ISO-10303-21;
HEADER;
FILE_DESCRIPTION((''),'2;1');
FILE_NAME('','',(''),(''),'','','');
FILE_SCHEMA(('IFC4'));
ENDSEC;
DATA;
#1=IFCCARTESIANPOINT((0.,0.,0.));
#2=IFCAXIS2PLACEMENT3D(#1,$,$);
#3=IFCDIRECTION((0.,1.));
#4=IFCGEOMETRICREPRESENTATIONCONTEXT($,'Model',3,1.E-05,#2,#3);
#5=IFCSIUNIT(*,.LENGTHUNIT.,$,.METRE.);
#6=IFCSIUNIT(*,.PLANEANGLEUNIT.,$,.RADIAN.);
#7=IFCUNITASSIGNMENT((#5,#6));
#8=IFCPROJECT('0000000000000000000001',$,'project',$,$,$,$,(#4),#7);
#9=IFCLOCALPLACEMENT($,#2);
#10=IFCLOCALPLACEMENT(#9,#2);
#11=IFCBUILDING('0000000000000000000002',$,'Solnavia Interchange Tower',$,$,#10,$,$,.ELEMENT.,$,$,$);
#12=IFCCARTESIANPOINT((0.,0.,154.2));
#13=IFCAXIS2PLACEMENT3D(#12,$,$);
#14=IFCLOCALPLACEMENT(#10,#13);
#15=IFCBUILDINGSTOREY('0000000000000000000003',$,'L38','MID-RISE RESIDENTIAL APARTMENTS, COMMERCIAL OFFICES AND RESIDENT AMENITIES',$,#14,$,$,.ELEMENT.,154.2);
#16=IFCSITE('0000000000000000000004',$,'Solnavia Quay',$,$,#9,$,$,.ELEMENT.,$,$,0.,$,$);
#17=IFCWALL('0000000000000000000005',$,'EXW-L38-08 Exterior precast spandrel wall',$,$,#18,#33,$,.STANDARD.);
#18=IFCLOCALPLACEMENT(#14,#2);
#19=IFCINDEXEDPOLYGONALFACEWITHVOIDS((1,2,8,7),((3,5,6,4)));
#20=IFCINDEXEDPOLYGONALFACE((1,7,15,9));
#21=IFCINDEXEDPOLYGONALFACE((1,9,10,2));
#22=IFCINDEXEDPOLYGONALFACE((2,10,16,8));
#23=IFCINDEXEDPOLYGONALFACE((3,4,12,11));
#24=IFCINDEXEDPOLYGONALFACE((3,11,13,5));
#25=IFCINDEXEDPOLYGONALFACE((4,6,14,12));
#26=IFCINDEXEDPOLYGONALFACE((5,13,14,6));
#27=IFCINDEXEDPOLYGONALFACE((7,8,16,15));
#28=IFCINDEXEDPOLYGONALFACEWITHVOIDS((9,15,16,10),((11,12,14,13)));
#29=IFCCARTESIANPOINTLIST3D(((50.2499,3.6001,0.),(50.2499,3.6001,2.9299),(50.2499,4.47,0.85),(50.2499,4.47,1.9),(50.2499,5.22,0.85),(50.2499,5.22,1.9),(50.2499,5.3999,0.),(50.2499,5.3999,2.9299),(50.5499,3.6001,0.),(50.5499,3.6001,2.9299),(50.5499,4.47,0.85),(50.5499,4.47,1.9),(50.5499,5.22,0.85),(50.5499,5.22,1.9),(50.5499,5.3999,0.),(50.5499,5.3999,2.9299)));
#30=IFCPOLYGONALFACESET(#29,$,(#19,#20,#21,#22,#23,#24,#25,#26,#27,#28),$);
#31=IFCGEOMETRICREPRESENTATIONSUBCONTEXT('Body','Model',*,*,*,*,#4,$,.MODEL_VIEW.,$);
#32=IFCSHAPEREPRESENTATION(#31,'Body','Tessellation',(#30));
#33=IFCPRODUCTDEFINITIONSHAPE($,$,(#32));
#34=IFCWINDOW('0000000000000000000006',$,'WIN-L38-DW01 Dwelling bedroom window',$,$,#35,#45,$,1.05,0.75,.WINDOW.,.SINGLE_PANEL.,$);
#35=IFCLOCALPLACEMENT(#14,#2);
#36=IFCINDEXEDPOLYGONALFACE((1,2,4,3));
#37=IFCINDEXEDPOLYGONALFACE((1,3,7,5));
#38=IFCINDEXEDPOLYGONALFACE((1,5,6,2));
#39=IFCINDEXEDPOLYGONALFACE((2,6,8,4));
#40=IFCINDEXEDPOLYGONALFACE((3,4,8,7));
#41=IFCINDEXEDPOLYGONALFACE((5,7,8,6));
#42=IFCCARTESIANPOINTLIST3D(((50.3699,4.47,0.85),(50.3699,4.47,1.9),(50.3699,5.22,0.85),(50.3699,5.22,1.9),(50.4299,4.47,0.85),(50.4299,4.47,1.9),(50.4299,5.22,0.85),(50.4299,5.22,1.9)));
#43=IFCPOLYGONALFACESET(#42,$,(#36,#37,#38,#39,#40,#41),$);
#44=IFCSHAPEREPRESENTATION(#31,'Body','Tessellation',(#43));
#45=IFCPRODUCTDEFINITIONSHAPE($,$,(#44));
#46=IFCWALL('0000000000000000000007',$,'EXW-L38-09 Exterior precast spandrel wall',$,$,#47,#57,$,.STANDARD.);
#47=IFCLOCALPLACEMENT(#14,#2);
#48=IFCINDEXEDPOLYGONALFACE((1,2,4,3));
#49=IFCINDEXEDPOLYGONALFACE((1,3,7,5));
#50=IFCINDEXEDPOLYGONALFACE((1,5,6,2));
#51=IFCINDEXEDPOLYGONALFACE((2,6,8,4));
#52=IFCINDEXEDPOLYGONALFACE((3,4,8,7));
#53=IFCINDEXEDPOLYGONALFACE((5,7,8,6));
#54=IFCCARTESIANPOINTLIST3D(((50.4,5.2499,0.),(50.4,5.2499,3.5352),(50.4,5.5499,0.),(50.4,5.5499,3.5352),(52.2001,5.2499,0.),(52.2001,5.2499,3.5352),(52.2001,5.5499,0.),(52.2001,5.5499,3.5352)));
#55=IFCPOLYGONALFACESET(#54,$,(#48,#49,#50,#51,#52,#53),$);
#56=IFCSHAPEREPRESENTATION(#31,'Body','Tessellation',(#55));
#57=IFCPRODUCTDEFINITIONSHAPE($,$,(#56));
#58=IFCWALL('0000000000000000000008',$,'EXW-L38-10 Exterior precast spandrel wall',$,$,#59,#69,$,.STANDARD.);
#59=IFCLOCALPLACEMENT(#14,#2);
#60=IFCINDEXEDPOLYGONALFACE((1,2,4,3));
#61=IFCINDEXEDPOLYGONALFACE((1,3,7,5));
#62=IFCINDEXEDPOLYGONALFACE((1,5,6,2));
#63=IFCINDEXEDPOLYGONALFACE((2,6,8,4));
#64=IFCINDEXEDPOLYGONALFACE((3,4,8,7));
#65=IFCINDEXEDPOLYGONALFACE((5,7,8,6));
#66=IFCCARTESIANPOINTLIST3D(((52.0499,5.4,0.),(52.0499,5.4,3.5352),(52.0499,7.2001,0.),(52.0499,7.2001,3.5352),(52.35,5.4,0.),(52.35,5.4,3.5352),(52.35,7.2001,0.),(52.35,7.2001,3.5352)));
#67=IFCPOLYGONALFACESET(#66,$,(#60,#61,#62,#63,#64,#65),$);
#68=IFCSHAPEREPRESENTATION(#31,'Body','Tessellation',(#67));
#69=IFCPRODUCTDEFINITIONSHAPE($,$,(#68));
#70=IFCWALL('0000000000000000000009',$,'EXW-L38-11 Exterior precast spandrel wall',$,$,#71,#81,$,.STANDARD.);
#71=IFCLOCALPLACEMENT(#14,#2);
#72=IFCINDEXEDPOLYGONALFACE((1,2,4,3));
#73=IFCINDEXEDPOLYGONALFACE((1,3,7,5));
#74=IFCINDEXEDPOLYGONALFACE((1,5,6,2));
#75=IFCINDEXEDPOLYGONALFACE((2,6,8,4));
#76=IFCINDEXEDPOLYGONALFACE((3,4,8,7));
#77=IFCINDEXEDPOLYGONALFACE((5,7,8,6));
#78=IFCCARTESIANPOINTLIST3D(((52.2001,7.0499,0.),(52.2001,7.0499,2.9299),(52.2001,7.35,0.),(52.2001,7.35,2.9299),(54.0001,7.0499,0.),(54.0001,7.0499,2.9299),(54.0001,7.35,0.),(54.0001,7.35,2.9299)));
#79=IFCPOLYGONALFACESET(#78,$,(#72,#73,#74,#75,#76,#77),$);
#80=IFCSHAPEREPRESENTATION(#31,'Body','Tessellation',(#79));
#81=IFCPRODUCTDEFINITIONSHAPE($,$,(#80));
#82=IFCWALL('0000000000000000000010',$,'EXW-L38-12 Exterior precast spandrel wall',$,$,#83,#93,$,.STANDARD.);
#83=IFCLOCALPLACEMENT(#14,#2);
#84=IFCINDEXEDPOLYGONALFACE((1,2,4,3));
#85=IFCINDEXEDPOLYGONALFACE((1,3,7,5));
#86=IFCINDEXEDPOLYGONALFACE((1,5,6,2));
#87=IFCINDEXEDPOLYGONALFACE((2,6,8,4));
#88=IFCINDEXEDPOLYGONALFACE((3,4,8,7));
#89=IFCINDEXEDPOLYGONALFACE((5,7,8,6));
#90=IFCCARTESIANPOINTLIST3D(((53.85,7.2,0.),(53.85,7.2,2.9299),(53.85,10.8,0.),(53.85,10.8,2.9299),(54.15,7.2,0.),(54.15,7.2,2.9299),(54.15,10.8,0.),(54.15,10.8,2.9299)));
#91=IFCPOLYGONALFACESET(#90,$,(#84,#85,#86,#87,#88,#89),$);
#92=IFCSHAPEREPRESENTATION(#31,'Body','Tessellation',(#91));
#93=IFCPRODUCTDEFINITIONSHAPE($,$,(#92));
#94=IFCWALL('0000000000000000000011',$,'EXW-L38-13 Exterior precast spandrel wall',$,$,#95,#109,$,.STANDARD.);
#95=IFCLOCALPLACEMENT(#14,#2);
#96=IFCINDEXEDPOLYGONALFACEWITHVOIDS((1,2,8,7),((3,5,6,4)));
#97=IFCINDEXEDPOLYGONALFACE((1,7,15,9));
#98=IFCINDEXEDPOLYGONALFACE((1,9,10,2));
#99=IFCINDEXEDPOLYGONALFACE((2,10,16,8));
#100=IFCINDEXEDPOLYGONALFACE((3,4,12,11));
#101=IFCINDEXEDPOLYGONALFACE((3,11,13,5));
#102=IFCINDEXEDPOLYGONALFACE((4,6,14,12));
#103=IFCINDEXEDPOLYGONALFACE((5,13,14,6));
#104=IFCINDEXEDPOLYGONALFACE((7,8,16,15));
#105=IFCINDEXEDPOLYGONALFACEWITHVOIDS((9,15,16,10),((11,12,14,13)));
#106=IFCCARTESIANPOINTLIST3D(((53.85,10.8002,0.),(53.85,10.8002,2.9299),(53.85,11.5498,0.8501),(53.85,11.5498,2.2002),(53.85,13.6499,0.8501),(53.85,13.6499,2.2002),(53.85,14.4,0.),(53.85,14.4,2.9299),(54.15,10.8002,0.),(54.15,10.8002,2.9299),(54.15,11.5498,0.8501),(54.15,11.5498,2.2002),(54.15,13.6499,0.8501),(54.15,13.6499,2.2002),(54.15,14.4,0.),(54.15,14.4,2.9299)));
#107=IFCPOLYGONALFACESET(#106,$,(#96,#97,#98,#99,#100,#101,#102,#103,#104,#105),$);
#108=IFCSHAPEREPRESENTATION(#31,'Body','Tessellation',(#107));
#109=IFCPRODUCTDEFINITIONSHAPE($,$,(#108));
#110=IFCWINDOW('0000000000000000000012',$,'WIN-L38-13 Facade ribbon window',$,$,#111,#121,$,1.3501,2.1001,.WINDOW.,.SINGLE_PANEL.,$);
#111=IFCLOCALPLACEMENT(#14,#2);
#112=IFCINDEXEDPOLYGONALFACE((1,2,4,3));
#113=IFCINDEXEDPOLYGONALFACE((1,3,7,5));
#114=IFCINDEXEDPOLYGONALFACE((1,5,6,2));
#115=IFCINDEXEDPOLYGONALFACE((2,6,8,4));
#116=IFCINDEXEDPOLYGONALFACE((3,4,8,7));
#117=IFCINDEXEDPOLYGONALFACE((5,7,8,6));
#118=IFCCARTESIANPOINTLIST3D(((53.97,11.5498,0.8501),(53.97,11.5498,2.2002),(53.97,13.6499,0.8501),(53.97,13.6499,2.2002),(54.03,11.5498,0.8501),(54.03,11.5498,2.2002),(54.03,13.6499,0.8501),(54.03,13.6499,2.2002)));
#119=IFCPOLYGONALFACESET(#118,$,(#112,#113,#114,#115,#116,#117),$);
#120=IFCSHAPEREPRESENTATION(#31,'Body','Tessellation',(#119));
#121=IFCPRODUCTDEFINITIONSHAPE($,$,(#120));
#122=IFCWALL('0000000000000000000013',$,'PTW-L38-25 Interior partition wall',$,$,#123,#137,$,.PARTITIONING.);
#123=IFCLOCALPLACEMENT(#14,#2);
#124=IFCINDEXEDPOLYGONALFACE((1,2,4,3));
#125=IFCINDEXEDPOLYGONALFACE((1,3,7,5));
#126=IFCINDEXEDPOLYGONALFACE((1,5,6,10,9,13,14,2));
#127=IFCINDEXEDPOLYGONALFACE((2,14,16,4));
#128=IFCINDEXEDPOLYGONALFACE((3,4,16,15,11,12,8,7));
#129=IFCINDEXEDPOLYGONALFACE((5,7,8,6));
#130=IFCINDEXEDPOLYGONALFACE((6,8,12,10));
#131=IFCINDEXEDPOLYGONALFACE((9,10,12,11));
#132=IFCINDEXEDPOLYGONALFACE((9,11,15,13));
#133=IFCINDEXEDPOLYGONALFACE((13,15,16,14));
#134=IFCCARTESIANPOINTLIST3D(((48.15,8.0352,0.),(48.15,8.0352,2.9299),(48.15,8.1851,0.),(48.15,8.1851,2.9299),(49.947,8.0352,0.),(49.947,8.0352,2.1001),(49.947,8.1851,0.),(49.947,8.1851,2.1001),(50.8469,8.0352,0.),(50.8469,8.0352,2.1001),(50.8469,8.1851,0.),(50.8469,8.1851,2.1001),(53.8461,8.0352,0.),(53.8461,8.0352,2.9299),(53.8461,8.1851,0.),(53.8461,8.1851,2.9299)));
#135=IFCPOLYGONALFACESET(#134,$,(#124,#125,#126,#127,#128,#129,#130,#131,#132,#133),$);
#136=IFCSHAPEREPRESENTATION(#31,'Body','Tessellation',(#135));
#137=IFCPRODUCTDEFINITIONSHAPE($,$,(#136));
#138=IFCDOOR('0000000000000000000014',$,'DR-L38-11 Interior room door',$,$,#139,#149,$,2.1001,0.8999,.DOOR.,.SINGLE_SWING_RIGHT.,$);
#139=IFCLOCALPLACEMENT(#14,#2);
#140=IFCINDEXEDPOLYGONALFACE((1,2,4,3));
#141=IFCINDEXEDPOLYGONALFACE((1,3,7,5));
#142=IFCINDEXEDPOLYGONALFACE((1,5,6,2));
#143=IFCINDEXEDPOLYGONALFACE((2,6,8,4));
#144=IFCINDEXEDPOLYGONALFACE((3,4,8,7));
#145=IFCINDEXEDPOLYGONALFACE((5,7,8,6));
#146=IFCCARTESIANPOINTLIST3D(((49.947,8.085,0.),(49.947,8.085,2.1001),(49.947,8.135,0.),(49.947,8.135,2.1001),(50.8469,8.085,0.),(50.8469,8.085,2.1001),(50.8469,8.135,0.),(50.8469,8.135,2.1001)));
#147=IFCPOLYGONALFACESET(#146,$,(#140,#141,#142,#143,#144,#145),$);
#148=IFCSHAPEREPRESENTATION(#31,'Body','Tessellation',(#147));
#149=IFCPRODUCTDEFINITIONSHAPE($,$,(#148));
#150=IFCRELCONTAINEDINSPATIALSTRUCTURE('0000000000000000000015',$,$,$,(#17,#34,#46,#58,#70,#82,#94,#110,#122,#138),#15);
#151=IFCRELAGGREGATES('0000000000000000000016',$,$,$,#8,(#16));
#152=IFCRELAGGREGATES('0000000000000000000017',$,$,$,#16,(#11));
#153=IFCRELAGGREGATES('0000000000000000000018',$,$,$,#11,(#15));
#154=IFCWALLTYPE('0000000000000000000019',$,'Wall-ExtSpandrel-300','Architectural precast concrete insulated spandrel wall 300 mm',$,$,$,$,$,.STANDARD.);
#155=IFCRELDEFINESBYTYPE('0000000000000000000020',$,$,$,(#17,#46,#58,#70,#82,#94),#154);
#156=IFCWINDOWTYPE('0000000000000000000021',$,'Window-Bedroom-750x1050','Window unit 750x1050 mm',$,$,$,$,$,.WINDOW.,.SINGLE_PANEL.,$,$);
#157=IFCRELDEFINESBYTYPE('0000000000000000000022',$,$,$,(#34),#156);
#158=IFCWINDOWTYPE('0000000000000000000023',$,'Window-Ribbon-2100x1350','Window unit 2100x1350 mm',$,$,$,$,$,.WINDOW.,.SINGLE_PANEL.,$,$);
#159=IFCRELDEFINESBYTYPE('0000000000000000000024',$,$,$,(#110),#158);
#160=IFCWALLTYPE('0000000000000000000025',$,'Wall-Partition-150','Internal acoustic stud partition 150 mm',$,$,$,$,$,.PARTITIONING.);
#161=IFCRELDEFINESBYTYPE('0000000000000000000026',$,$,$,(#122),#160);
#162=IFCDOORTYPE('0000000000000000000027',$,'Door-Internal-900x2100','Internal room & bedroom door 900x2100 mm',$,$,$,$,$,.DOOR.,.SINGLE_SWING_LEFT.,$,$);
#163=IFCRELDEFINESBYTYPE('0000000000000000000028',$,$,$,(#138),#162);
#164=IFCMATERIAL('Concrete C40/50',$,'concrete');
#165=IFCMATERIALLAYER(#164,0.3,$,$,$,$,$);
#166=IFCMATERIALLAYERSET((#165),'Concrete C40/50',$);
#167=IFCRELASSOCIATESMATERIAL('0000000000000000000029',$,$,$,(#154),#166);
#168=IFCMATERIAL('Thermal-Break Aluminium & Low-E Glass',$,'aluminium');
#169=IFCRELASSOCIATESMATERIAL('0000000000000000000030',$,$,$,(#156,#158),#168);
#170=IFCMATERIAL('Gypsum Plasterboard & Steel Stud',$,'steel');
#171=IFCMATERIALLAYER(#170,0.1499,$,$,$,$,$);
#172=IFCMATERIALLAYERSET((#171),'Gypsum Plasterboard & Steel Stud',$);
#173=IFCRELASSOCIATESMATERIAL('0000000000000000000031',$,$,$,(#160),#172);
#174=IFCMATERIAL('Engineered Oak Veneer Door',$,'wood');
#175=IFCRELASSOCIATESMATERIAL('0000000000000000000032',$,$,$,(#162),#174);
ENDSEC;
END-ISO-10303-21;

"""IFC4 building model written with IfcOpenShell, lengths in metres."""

from ifc_helpers import new_model, si_unit, direction, frame, frame_2d, origin, place, context, subcontext, project, spatial, rectangle, extrude, material, layer, layer_set, type_object, element, fill, save


model = new_model("IFC4")

# Units and contexts
model_context = context("Model", 3, precision=1e-05, world=origin(), true_north=direction((0.0, 1.0)))
body_context = subcontext(model_context, "Body", "Model", "MODEL_VIEW")
ifc_project = project(units=[si_unit("LENGTHUNIT", "METRE"), si_unit("PLANEANGLEUNIT", "RADIAN")], contexts=[model_context])

# Site, building, storey
site_placement = place(None, origin())
site = spatial("IfcSite", under=ifc_project, at=site_placement, Name="Solnavia Quay", CompositionType="ELEMENT", RefElevation=0.0)
building_placement = place(site_placement, origin())
building = spatial("IfcBuilding", under=site, at=building_placement, Name="Solnavia Interchange Tower", CompositionType="ELEMENT")
storey_placement = place(building_placement, frame((0.0, 0.0, 154.2)))
storey = spatial("IfcBuildingStorey", under=building, at=storey_placement, Name="L38", Description="MID-RISE RESIDENTIAL APARTMENTS, COMMERCIAL OFFICES AND RESIDENT AMENITIES", CompositionType="ELEMENT", Elevation=154.2)

# Shared definitions
ifc_material_1 = material(Name="Concrete C40/50", Category="concrete")
ifc_layer_1 = layer(ifc_material_1, 0.3)
ifc_layer_set_1 = layer_set([ifc_layer_1], Name="Concrete C40/50")
wall_type_1 = type_object("IfcWallType", Name="Wall-ExtSpandrel-300", Description="Architectural precast concrete insulated spandrel wall 300 mm", PredefinedType="STANDARD", material=ifc_layer_set_1)

# Wall, opening, window
wall_1_placement = place(storey_placement, frame((50.3999, 5.3999, 0.0), z_axis=(0.0, 0.0, 1.0), x_axis=(0.0, -1.0, 0.0)))
wall_1 = element("IfcWall", 1, at=wall_1_placement, inside=storey, type_object=wall_type_1, Name="EXW-L38-08 Exterior precast spandrel wall", PredefinedType="STANDARD", context=body_context, shape_type="SweptSolid", body=[
    extrude(rectangle(XDim=1.7998, YDim=0.3, at=frame_2d((0.8999, 0.0))), origin(), (0.0, 0.0, 1.0), 2.9299),
])
opening_1_placement = place(wall_1_placement, frame((0.1799, 0.0, 0.8501)))
opening_1 = element("IfcOpeningElement", 2, at=opening_1_placement, cuts=wall_1, PredefinedType="OPENING", context=body_context, shape_type="SweptSolid", body=[
    extrude(rectangle(XDim=0.75, YDim=1.05, at=frame_2d((0.375, 0.5249))), frame((0.0, 0.1602, 0.0), z_axis=(0.0, -1.0, 0.0), x_axis=(1.0, 0.0, 0.0)), (0.0, 0.0, 1.0), 0.3201),
])
ifc_material_2 = material(Name="Thermal-Break Aluminium & Low-E Glass", Category="aluminium")
window_type_1 = type_object("IfcWindowType", Name="Window-Bedroom-750x1050", Description="Window unit 750x1050 mm", PartitioningType="SINGLE_PANEL", PredefinedType="WINDOW", material=ifc_material_2)
window_1_placement = place(opening_1_placement, origin())
window_1 = element("IfcWindow", 3, at=window_1_placement, inside=storey, type_object=window_type_1, Name="WIN-L38-DW01 Dwelling bedroom window", OverallHeight=1.05, OverallWidth=0.75, PartitioningType="SINGLE_PANEL", PredefinedType="WINDOW", context=body_context, shape_type="SweptSolid", body=[
    extrude(rectangle(XDim=0.75, YDim=1.05, at=frame_2d((0.375, 0.5249))), frame((0.0, 0.03, 0.0), z_axis=(0.0, -1.0, 0.0), x_axis=(1.0, 0.0, 0.0)), (0.0, 0.0, 1.0), 0.0601),
])
fill(opening_1, window_1)

# Walls
for number, where, z_axis, x_axis, name in (
    (4, (52.2, 5.3999, 0.0), (0.0, 0.0, 1.0), (-1.0, 0.0, 0.0), "EXW-L38-09 Exterior precast spandrel wall"),
    (5, (52.2, 7.2, 0.0), (0.0, 0.0, 1.0), (0.0, -1.0, 0.0), "EXW-L38-10 Exterior precast spandrel wall"),
):
    element("IfcWall", number, at=place(storey_placement, frame(where, z_axis=z_axis, x_axis=x_axis)), inside=storey, type_object=wall_type_1, Name=name, PredefinedType="STANDARD", context=body_context, shape_type="SweptSolid", body=[
        extrude(rectangle(XDim=1.8, YDim=0.3, at=frame_2d((0.8999, 0.0))), origin(), (0.0, 0.0, 1.0), 3.5352),
    ])
wall_2_placement = place(storey_placement, frame((54.0, 7.2, 0.0), z_axis=(0.0, 0.0, 1.0), x_axis=(-1.0, 0.0, 0.0)))
element("IfcWall", 6, at=wall_2_placement, inside=storey, type_object=wall_type_1, Name="EXW-L38-11 Exterior precast spandrel wall", PredefinedType="STANDARD", context=body_context, shape_type="SweptSolid", body=[
    extrude(rectangle(XDim=1.8, YDim=0.3, at=frame_2d((0.8999, 0.0))), origin(), (0.0, 0.0, 1.0), 2.9299),
])
wall_3_placement = place(storey_placement, frame((54.0, 10.8, 0.0), z_axis=(0.0, 0.0, 1.0), x_axis=(0.0, -1.0, 0.0)))
element("IfcWall", 7, at=wall_3_placement, inside=storey, type_object=wall_type_1, Name="EXW-L38-12 Exterior precast spandrel wall", PredefinedType="STANDARD", context=body_context, shape_type="SweptSolid", body=[
    extrude(rectangle(XDim=3.6001, YDim=0.3, at=frame_2d((1.8, 0.0))), origin(), (0.0, 0.0, 1.0), 2.9299),
])

# Wall, opening, window
wall_4_placement = place(storey_placement, frame((54.0, 14.3999, 0.0), z_axis=(0.0, 0.0, 1.0), x_axis=(0.0, -1.0, 0.0)))
wall_4 = element("IfcWall", 8, at=wall_4_placement, inside=storey, type_object=wall_type_1, Name="EXW-L38-13 Exterior precast spandrel wall", PredefinedType="STANDARD", context=body_context, shape_type="SweptSolid", body=[
    extrude(rectangle(XDim=3.5999, YDim=0.3, at=frame_2d((1.7998, 0.0))), origin(), (0.0, 0.0, 1.0), 2.9299),
])
opening_2_placement = place(wall_4_placement, frame((0.75, 0.0, 0.8501)))
opening_2 = element("IfcOpeningElement", 9, at=opening_2_placement, cuts=wall_4, PredefinedType="OPENING", context=body_context, shape_type="SweptSolid", body=[
    extrude(rectangle(XDim=2.1001, YDim=1.3501, at=frame_2d((1.05, 0.675))), frame((0.0, 0.1602, 0.0), z_axis=(0.0, -1.0, 0.0), x_axis=(1.0, 0.0, 0.0)), (0.0, 0.0, 1.0), 0.3201),
])
window_type_2 = type_object("IfcWindowType", Name="Window-Ribbon-2100x1350", Description="Window unit 2100x1350 mm", PartitioningType="SINGLE_PANEL", PredefinedType="WINDOW", material=ifc_material_2)
window_2_placement = place(opening_2_placement, origin())
window_2 = element("IfcWindow", 10, at=window_2_placement, inside=storey, type_object=window_type_2, Name="WIN-L38-13 Facade ribbon window", OverallHeight=1.3501, OverallWidth=2.1001, PartitioningType="SINGLE_PANEL", PredefinedType="WINDOW", context=body_context, shape_type="SweptSolid", body=[
    extrude(rectangle(XDim=2.1001, YDim=1.3501, at=frame_2d((1.05, 0.675))), frame((0.0, 0.03, 0.0), z_axis=(0.0, -1.0, 0.0), x_axis=(1.0, 0.0, 0.0)), (0.0, 0.0, 1.0), 0.0601),
])
fill(opening_2, window_2)

# Wall, opening, door
ifc_material_3 = material(Name="Gypsum Plasterboard & Steel Stud", Category="steel")
ifc_layer_2 = layer(ifc_material_3, 0.1499)
ifc_layer_set_2 = layer_set([ifc_layer_2], Name="Gypsum Plasterboard & Steel Stud")
wall_type_2 = type_object("IfcWallType", Name="Wall-Partition-150", Description="Internal acoustic stud partition 150 mm", PredefinedType="PARTITIONING", material=ifc_layer_set_2)
wall_5_placement = place(storey_placement, frame((48.1499, 8.1101, 0.0), z_axis=(0.0, 0.0, 1.0), x_axis=(1.0, 0.0, 0.0)))
wall_5 = element("IfcWall", 11, at=wall_5_placement, inside=storey, type_object=wall_type_2, Name="PTW-L38-25 Interior partition wall", PredefinedType="PARTITIONING", context=body_context, shape_type="SweptSolid", body=[
    extrude(rectangle(XDim=5.696, YDim=0.1499, at=frame_2d((2.8481, 0.0))), origin(), (0.0, 0.0, 1.0), 2.9299),
])
opening_3_placement = place(wall_5_placement, frame((1.7971, 0.0, 0.0)))
opening_3 = element("IfcOpeningElement", 12, at=opening_3_placement, cuts=wall_5, PredefinedType="OPENING", context=body_context, shape_type="SweptSolid", body=[
    extrude(rectangle(XDim=0.8999, YDim=2.1001, at=frame_2d((0.45, 1.05))), frame((0.0, 0.085, 0.0), z_axis=(0.0, -1.0, 0.0), x_axis=(1.0, 0.0, 0.0)), (0.0, 0.0, 1.0), 0.1699),
])
ifc_material_4 = material(Name="Engineered Oak Veneer Door", Category="wood")
door_type_1 = type_object("IfcDoorType", Name="Door-Internal-900x2100", Description="Internal room & bedroom door 900x2100 mm", OperationType="SINGLE_SWING_LEFT", PredefinedType="DOOR", material=ifc_material_4)
door_1_placement = place(opening_3_placement, origin())
door_1 = element("IfcDoor", 13, at=door_1_placement, inside=storey, type_object=door_type_1, Name="DR-L38-11 Interior room door", OperationType="SINGLE_SWING_RIGHT", OverallHeight=2.1001, OverallWidth=0.8999, PredefinedType="DOOR", context=body_context, shape_type="SweptSolid", body=[
    extrude(rectangle(XDim=0.8999, YDim=2.1001, at=frame_2d((0.45, 1.05))), frame((0.0, 0.0249, 0.0), z_axis=(0.0, -1.0, 0.0), x_axis=(1.0, 0.0, 0.0)), (0.0, 0.0, 1.0), 0.05),
])
fill(opening_3, door_1)

save(model, "model.ifc")
